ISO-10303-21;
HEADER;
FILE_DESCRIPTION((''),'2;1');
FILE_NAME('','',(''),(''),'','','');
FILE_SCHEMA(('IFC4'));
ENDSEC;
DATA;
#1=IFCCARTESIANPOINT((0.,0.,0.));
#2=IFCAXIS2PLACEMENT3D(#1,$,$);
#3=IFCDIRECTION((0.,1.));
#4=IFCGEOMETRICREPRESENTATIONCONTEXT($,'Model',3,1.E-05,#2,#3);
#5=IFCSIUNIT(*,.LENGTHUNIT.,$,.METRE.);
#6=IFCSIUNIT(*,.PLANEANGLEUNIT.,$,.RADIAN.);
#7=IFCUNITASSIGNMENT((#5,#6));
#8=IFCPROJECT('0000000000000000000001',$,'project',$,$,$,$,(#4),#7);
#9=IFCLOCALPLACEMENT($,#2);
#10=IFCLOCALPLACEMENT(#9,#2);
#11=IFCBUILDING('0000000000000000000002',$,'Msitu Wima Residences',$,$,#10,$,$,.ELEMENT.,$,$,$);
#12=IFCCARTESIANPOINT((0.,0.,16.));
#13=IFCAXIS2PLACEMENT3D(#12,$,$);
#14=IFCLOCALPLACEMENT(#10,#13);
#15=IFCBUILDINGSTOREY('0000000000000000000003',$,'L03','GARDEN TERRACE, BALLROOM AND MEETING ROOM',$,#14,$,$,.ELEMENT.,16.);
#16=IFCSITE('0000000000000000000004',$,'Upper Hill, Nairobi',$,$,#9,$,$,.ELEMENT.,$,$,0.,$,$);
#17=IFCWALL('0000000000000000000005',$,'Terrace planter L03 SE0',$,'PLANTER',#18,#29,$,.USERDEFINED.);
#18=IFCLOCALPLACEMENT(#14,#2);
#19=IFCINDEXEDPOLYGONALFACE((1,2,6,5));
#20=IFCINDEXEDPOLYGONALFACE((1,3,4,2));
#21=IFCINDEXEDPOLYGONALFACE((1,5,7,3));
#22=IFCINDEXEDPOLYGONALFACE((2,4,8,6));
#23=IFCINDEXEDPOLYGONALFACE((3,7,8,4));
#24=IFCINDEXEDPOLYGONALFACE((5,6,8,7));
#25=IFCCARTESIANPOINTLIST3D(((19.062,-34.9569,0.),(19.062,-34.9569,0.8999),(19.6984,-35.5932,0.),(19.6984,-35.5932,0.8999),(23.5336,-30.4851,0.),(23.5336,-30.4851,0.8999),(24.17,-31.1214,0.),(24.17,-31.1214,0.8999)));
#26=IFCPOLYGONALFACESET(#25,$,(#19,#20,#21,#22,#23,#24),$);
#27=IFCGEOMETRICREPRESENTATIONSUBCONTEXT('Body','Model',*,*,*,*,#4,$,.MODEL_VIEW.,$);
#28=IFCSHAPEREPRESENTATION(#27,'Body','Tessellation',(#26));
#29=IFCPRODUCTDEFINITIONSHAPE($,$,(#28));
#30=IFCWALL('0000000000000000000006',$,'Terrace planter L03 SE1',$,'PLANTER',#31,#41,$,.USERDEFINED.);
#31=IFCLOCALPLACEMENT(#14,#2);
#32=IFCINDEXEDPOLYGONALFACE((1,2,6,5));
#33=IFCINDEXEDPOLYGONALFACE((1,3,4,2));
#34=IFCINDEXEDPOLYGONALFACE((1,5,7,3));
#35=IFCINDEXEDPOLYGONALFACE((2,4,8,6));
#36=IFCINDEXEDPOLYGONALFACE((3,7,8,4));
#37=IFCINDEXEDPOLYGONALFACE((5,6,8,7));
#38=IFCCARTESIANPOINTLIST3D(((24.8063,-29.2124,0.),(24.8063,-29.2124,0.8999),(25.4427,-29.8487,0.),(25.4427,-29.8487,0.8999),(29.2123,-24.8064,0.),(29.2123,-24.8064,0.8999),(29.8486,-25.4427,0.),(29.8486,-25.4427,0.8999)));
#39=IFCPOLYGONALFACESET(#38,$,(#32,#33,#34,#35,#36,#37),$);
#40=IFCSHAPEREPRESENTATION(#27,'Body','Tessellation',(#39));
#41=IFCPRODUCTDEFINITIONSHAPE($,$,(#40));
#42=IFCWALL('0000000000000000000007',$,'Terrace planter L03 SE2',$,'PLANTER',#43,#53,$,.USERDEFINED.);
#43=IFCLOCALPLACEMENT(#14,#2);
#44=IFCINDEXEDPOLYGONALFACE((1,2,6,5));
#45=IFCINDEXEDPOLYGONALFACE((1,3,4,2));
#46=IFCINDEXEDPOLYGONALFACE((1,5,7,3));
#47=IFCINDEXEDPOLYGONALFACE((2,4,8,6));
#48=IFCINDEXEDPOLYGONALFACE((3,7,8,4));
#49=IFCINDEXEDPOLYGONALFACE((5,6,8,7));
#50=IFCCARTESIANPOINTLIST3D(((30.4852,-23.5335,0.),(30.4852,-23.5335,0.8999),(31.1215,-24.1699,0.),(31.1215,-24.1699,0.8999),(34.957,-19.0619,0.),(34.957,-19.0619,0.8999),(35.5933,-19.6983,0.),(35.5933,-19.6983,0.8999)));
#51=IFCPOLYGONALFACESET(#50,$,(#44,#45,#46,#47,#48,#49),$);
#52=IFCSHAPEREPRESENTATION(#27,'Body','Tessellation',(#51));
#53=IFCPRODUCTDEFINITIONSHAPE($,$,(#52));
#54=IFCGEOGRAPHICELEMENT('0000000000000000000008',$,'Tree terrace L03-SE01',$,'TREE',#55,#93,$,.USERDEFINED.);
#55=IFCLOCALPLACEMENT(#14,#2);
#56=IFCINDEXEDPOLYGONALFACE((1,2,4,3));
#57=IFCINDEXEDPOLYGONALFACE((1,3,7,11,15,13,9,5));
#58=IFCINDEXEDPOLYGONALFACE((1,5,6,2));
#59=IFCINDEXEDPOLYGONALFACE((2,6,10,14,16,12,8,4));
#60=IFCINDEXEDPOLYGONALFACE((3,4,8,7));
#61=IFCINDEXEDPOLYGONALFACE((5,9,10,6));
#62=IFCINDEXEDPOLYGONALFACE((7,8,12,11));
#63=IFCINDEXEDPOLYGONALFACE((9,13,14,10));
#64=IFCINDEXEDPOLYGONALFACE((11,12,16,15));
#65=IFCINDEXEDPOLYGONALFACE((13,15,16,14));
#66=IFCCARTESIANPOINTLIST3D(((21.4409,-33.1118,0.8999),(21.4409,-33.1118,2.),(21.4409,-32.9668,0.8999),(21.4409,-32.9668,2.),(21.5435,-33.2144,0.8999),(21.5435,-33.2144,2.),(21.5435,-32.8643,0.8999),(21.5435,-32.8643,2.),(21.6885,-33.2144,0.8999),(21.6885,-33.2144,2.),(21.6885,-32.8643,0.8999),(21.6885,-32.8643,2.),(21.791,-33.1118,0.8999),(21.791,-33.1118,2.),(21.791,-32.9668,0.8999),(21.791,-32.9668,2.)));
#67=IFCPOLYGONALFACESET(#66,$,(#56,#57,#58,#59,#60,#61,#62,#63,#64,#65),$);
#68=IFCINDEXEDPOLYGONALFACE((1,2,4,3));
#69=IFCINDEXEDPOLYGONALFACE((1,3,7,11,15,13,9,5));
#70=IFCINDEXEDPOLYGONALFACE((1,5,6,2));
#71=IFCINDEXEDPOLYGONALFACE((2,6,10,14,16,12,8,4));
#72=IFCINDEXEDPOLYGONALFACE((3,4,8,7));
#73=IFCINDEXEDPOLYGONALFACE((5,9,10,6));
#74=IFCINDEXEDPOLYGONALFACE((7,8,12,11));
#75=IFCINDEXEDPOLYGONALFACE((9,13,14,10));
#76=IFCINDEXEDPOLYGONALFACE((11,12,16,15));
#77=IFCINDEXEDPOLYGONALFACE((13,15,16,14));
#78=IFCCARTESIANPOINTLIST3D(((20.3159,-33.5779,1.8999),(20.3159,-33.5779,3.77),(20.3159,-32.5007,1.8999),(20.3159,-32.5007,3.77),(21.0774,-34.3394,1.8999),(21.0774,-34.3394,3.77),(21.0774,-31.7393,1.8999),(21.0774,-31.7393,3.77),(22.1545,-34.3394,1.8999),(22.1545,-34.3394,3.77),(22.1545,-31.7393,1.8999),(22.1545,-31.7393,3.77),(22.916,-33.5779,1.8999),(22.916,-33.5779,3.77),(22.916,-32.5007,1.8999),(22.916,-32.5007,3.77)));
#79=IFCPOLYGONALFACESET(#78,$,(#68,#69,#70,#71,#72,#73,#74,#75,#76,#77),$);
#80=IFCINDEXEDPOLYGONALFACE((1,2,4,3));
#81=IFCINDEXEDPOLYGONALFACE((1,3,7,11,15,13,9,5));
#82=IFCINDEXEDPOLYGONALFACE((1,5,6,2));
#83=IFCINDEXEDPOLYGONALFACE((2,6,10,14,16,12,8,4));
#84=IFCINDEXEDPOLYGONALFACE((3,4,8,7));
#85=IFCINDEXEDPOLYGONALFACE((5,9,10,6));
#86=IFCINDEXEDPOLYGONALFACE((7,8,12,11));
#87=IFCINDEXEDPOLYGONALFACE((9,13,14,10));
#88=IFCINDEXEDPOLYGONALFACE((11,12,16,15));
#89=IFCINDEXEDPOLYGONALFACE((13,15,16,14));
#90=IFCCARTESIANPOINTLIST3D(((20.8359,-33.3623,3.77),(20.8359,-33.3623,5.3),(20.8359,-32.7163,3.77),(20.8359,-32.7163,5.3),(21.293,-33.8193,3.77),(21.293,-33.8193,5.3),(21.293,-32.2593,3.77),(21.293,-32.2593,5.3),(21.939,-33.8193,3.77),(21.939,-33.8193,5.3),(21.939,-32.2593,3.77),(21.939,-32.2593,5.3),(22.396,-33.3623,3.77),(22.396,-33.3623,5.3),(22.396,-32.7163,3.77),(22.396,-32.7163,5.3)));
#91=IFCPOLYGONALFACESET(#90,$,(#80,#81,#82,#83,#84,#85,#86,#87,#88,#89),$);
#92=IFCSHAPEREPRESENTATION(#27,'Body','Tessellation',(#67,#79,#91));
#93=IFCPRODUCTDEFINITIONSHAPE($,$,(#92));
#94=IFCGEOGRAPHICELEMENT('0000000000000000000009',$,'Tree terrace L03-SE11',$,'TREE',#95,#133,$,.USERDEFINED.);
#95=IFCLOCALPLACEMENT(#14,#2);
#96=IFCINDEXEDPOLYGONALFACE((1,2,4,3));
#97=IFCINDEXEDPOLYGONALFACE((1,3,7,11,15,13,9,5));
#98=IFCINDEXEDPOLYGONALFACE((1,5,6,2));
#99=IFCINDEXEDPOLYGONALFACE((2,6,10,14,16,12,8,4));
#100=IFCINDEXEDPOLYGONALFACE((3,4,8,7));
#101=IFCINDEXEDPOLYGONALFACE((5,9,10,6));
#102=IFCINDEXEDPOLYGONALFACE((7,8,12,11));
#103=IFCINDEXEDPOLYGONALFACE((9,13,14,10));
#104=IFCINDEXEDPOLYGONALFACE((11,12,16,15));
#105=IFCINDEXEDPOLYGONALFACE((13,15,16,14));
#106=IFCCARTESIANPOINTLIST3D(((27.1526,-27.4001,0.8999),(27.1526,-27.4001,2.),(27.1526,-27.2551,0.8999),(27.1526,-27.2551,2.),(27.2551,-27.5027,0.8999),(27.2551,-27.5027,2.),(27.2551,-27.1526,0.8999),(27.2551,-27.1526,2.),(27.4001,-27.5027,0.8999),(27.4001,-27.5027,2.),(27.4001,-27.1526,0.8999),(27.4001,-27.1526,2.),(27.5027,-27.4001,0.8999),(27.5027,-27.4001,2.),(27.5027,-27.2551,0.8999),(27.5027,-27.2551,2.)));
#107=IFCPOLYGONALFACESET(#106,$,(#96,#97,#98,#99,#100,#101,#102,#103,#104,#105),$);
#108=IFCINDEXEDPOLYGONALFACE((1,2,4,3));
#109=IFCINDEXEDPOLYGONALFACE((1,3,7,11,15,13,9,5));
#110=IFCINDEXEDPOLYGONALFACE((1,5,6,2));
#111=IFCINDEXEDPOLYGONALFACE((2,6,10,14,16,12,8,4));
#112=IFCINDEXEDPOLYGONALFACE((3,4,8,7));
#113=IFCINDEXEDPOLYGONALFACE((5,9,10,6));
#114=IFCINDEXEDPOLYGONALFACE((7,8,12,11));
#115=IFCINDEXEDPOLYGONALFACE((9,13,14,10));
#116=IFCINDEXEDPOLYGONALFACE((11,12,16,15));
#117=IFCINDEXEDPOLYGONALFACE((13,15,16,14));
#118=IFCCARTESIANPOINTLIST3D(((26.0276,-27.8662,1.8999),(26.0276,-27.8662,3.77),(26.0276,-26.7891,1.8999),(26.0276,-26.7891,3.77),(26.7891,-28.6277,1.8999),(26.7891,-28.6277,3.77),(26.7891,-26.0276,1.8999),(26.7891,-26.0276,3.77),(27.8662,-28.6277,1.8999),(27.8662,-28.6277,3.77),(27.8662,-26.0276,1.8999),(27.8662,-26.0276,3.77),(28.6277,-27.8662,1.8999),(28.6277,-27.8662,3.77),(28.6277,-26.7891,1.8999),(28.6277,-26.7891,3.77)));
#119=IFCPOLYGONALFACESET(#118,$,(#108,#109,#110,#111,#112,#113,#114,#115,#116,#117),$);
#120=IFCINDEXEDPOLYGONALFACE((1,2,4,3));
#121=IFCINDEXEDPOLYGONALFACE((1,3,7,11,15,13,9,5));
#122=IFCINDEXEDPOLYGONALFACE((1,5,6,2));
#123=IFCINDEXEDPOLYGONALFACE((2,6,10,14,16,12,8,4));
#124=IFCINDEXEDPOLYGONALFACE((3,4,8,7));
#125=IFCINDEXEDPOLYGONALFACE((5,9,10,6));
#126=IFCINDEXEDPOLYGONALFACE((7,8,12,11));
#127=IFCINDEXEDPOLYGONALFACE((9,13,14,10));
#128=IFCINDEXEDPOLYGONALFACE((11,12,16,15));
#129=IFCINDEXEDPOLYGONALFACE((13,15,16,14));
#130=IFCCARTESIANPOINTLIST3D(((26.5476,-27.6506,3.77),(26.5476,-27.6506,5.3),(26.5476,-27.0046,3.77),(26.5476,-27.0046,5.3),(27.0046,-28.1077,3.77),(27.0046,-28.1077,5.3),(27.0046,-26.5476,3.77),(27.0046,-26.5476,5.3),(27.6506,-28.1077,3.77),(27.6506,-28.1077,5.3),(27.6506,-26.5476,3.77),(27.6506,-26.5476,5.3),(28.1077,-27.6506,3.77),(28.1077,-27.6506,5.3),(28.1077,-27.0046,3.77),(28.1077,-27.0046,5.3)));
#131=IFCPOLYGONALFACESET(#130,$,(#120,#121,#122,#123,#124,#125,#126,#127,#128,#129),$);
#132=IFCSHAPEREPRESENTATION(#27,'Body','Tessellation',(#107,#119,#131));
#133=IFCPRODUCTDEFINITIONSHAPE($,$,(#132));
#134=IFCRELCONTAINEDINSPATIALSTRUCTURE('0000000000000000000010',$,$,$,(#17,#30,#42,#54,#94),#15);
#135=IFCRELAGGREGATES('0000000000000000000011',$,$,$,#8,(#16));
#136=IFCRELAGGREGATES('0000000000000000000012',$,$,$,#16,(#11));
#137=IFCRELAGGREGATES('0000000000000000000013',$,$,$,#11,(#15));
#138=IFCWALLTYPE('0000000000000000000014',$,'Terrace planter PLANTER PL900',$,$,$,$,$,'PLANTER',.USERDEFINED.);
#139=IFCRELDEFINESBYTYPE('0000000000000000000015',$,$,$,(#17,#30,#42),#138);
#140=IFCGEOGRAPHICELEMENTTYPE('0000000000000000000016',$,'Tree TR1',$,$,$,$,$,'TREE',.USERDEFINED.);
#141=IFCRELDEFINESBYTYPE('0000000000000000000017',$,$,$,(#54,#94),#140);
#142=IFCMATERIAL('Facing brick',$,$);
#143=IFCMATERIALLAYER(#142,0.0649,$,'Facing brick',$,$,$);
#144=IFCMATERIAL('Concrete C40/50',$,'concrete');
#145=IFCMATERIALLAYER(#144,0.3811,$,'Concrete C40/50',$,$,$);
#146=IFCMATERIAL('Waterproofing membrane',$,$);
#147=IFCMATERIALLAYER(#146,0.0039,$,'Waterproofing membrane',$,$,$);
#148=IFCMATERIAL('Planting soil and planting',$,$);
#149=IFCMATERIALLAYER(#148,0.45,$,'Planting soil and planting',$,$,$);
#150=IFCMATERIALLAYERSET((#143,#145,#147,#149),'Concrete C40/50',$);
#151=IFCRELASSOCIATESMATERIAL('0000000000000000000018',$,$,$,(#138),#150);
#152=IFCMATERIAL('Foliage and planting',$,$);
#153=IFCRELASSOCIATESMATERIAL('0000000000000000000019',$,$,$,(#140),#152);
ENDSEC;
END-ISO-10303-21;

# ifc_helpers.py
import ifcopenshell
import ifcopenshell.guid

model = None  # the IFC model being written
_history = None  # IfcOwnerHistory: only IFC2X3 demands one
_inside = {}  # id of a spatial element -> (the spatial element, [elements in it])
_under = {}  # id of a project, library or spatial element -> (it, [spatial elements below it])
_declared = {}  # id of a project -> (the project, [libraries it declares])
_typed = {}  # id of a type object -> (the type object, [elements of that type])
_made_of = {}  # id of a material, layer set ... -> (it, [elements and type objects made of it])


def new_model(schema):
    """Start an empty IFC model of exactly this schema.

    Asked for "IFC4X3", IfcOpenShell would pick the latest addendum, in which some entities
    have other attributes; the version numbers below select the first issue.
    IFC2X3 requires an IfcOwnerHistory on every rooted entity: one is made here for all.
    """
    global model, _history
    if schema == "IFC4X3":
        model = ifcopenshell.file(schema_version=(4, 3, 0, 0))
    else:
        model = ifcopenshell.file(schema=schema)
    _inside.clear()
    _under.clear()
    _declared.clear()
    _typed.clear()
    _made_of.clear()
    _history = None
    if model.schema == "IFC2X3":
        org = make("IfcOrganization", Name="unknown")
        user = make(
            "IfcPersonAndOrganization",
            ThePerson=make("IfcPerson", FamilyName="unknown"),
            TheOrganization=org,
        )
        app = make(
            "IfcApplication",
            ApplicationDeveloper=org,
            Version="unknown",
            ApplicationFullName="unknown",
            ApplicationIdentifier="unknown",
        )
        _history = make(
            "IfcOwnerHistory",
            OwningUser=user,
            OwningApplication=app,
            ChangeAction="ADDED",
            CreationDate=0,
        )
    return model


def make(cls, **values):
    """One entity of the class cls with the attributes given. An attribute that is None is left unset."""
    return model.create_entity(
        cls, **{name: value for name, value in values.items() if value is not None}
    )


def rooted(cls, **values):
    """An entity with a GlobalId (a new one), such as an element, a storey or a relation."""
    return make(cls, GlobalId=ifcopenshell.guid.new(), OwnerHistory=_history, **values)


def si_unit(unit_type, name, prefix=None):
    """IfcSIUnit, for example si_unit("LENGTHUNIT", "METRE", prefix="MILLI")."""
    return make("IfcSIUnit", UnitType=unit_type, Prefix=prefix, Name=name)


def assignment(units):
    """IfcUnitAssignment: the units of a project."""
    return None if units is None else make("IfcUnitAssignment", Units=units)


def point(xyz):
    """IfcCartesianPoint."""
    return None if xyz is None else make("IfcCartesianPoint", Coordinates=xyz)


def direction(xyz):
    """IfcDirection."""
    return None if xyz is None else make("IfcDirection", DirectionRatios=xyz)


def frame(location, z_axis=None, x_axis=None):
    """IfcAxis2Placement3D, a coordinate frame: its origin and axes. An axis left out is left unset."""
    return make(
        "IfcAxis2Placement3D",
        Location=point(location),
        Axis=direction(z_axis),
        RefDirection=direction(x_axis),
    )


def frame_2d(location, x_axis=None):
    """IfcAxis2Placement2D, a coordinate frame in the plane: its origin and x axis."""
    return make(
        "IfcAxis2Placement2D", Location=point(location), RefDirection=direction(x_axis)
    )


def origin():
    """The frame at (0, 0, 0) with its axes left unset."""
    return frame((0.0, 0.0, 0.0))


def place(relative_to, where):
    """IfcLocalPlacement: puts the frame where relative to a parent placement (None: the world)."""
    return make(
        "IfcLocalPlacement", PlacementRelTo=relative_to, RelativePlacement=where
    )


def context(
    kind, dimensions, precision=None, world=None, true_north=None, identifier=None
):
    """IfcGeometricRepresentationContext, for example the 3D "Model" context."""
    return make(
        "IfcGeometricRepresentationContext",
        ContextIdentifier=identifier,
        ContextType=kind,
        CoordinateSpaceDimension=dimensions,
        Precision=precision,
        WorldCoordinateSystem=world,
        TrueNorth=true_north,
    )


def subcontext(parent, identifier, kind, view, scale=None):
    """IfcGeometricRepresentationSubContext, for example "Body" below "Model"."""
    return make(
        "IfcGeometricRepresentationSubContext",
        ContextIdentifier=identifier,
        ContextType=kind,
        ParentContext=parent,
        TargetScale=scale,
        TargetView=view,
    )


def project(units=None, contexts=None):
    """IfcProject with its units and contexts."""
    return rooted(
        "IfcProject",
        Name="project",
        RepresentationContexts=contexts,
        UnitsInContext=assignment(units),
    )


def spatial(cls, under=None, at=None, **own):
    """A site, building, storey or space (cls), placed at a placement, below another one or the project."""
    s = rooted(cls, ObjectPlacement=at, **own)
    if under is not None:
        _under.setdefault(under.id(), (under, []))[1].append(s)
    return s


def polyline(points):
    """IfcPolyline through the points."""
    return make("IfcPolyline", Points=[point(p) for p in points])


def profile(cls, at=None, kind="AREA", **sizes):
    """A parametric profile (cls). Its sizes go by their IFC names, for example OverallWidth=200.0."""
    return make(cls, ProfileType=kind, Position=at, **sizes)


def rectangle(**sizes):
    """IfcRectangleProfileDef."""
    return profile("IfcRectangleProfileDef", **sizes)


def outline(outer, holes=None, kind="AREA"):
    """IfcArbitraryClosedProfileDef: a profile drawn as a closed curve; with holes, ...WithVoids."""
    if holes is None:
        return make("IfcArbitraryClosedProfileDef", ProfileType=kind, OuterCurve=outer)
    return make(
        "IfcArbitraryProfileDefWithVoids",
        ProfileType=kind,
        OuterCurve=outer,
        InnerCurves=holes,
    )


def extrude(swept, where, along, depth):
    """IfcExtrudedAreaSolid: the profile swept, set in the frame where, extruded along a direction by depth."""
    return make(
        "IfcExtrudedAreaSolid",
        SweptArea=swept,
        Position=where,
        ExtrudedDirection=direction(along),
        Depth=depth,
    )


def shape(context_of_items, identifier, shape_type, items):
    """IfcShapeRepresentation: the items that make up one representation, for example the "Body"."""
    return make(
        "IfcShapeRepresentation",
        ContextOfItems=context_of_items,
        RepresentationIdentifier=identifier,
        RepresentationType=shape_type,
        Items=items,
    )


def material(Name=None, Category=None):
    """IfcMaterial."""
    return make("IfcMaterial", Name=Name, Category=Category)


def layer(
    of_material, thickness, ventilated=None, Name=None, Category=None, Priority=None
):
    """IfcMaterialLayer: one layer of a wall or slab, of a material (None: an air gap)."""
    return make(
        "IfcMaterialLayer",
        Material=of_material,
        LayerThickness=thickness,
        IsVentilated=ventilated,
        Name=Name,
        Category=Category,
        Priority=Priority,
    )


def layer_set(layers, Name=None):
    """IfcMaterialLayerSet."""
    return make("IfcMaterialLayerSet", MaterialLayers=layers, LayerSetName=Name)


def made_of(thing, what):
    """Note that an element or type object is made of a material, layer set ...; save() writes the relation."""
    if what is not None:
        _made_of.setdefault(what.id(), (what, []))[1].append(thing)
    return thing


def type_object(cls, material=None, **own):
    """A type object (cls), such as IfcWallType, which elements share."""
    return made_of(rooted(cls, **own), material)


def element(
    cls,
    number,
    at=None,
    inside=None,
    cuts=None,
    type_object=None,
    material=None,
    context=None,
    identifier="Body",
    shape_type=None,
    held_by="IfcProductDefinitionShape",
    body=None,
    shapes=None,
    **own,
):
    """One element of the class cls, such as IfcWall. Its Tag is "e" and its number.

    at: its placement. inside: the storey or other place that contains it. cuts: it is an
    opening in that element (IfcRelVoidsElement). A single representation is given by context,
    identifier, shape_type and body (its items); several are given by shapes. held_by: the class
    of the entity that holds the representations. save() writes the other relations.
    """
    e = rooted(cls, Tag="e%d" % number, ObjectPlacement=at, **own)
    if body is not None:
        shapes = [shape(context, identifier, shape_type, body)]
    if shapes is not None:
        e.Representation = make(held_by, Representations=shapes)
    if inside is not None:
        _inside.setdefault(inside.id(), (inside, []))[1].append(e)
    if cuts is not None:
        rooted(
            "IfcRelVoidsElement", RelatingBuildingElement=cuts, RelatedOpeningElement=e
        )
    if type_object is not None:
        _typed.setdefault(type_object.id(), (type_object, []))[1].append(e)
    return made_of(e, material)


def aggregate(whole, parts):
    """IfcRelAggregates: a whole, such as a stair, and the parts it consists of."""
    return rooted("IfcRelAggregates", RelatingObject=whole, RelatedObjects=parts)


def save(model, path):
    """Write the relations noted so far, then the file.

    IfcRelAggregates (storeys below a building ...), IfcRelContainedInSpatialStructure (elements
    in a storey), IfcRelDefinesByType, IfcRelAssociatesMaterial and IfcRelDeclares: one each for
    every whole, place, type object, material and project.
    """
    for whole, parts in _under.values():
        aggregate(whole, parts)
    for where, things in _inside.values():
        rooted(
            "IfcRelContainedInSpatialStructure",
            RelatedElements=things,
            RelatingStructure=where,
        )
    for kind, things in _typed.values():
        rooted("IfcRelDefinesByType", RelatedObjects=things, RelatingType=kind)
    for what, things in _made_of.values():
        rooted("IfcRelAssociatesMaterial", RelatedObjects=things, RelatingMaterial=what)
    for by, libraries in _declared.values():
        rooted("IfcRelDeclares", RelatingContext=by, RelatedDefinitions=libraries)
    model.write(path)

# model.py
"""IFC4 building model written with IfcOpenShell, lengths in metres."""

from ifc_helpers import new_model, si_unit, direction, frame, frame_2d, origin, place, context, subcontext, project, spatial, polyline, rectangle, outline, extrude, material, layer, layer_set, type_object, element, save


model = new_model("IFC4")

# Units and contexts
model_context = context("Model", 3, precision=1e-05, world=origin(), true_north=direction((0.0, 1.0)))
body_context = subcontext(model_context, "Body", "Model", "MODEL_VIEW")
ifc_project = project(units=[si_unit("LENGTHUNIT", "METRE"), si_unit("PLANEANGLEUNIT", "RADIAN")], contexts=[model_context])

# Site, building, storey
site_placement = place(None, origin())
site = spatial("IfcSite", under=ifc_project, at=site_placement, Name="Upper Hill, Nairobi", CompositionType="ELEMENT", RefElevation=0.0)
building_placement = place(site_placement, origin())
building = spatial("IfcBuilding", under=site, at=building_placement, Name="Msitu Wima Residences", CompositionType="ELEMENT")
storey_placement = place(building_placement, frame((0.0, 0.0, 16.0)))
storey = spatial("IfcBuildingStorey", under=building, at=storey_placement, Name="L03", Description="GARDEN TERRACE, BALLROOM AND MEETING ROOM", CompositionType="ELEMENT", Elevation=16.0)

# Walls
ifc_material_1 = material(Name="Facing brick")
ifc_layer_1 = layer(ifc_material_1, 0.0649, Name="Facing brick")
ifc_material_2 = material(Name="Concrete C40/50", Category="concrete")
ifc_layer_2 = layer(ifc_material_2, 0.3811, Name="Concrete C40/50")
ifc_material_3 = material(Name="Waterproofing membrane")
ifc_layer_3 = layer(ifc_material_3, 0.0039, Name="Waterproofing membrane")
ifc_material_4 = material(Name="Planting soil and planting")
ifc_layer_4 = layer(ifc_material_4, 0.45, Name="Planting soil and planting")
ifc_layer_set_1 = layer_set([ifc_layer_1, ifc_layer_2, ifc_layer_3, ifc_layer_4], Name="Concrete C40/50")
wall_type_1 = type_object("IfcWallType", Name="Terrace planter PLANTER PL900", ElementType="PLANTER", PredefinedType="USERDEFINED", material=ifc_layer_set_1)
wall_1_placement = place(storey_placement, frame((19.3801, -35.2751, 0.0), z_axis=(0.0, 0.0, 1.0), x_axis=(0.707087, 0.707126, 0.0)))
element("IfcWall", 1, at=wall_1_placement, inside=storey, type_object=wall_type_1, Name="Terrace planter L03 SE0", ObjectType="PLANTER", PredefinedType="USERDEFINED", context=body_context, shape_type="SweptSolid", body=[
    extrude(rectangle(XDim=6.324, YDim=0.8999, at=frame_2d((3.1621, 0.0))), origin(), (0.0, 0.0, 1.0), 0.8999),
])
wall_2_placement = place(storey_placement, frame((25.1245, -29.5305, 0.0), z_axis=(0.0, 0.0, 1.0), x_axis=(0.707107, 0.707107, 0.0)))
element("IfcWall", 2, at=wall_2_placement, inside=storey, type_object=wall_type_1, Name="Terrace planter L03 SE1", ObjectType="PLANTER", PredefinedType="USERDEFINED", context=body_context, shape_type="SweptSolid", body=[
    extrude(rectangle(XDim=6.231, YDim=0.8999, at=frame_2d((3.1155, 0.0))), origin(), (0.0, 0.0, 1.0), 0.8999),
])
wall_3_placement = place(storey_placement, frame((30.8032, -23.8518, 0.0), z_axis=(0.0, 0.0, 1.0), x_axis=(0.707126, 0.707087, 0.0)))
element("IfcWall", 3, at=wall_3_placement, inside=storey, type_object=wall_type_1, Name="Terrace planter L03 SE2", ObjectType="PLANTER", PredefinedType="USERDEFINED", context=body_context, shape_type="SweptSolid", body=[
    extrude(rectangle(XDim=6.324, YDim=0.8999, at=frame_2d((3.1621, 0.0))), origin(), (0.0, 0.0, 1.0), 0.8999),
])

# Geographic elements
ifc_material_5 = material(Name="Foliage and planting")
geographic_element_type = type_object("IfcGeographicElementType", Name="Tree TR1", ElementType="TREE", PredefinedType="USERDEFINED", material=ifc_material_5)
for number, where, z_axis, x_axis, name in (
    (4, (21.616, -33.0393, 0.8999), (0.0, 0.0, 1.0), (1.0, 0.0, 0.0), "Tree terrace L03-SE01"),
    (5, (27.3276, -27.3276, 0.8999), (0.0, 0.0, 1.0), (1.0, 0.0, 0.0), "Tree terrace L03-SE11"),
):
    element("IfcGeographicElement", number, at=place(storey_placement, frame(where, z_axis=z_axis, x_axis=x_axis)), inside=storey, type_object=geographic_element_type, Name=name, ObjectType="TREE", PredefinedType="USERDEFINED", context=body_context, shape_type="SweptSolid", body=[
        extrude(outline(polyline([(0.175, 0.0725), (0.0725, 0.175), (-0.0725, 0.175), (-0.175, 0.0725), (-0.175, -0.0725), (-0.0725, -0.175), (0.0725, -0.175), (0.175, -0.0725), (0.175, 0.0725)])), origin(), (0.0, 0.0, 1.0), 1.1001),
        extrude(outline(polyline([(1.3, 0.5386), (0.5386, 1.3), (-0.5386, 1.3), (-1.3, 0.5386), (-1.3, -0.5386), (-0.5386, -1.3), (0.5386, -1.3), (1.3, -0.5386), (1.3, 0.5386)])), frame((0.0, 0.0, 1.0)), (0.0, 0.0, 1.0), 1.8701),
        extrude(outline(polyline([(0.78, 0.323), (0.323, 0.78), (-0.323, 0.78), (-0.78, 0.323), (-0.78, -0.323), (-0.323, -0.78), (0.323, -0.78), (0.78, -0.323), (0.78, 0.323)])), frame((0.0, 0.0, 2.8701)), (0.0, 0.0, 1.0), 1.53),
    ])

save(model, "model.ifc")
